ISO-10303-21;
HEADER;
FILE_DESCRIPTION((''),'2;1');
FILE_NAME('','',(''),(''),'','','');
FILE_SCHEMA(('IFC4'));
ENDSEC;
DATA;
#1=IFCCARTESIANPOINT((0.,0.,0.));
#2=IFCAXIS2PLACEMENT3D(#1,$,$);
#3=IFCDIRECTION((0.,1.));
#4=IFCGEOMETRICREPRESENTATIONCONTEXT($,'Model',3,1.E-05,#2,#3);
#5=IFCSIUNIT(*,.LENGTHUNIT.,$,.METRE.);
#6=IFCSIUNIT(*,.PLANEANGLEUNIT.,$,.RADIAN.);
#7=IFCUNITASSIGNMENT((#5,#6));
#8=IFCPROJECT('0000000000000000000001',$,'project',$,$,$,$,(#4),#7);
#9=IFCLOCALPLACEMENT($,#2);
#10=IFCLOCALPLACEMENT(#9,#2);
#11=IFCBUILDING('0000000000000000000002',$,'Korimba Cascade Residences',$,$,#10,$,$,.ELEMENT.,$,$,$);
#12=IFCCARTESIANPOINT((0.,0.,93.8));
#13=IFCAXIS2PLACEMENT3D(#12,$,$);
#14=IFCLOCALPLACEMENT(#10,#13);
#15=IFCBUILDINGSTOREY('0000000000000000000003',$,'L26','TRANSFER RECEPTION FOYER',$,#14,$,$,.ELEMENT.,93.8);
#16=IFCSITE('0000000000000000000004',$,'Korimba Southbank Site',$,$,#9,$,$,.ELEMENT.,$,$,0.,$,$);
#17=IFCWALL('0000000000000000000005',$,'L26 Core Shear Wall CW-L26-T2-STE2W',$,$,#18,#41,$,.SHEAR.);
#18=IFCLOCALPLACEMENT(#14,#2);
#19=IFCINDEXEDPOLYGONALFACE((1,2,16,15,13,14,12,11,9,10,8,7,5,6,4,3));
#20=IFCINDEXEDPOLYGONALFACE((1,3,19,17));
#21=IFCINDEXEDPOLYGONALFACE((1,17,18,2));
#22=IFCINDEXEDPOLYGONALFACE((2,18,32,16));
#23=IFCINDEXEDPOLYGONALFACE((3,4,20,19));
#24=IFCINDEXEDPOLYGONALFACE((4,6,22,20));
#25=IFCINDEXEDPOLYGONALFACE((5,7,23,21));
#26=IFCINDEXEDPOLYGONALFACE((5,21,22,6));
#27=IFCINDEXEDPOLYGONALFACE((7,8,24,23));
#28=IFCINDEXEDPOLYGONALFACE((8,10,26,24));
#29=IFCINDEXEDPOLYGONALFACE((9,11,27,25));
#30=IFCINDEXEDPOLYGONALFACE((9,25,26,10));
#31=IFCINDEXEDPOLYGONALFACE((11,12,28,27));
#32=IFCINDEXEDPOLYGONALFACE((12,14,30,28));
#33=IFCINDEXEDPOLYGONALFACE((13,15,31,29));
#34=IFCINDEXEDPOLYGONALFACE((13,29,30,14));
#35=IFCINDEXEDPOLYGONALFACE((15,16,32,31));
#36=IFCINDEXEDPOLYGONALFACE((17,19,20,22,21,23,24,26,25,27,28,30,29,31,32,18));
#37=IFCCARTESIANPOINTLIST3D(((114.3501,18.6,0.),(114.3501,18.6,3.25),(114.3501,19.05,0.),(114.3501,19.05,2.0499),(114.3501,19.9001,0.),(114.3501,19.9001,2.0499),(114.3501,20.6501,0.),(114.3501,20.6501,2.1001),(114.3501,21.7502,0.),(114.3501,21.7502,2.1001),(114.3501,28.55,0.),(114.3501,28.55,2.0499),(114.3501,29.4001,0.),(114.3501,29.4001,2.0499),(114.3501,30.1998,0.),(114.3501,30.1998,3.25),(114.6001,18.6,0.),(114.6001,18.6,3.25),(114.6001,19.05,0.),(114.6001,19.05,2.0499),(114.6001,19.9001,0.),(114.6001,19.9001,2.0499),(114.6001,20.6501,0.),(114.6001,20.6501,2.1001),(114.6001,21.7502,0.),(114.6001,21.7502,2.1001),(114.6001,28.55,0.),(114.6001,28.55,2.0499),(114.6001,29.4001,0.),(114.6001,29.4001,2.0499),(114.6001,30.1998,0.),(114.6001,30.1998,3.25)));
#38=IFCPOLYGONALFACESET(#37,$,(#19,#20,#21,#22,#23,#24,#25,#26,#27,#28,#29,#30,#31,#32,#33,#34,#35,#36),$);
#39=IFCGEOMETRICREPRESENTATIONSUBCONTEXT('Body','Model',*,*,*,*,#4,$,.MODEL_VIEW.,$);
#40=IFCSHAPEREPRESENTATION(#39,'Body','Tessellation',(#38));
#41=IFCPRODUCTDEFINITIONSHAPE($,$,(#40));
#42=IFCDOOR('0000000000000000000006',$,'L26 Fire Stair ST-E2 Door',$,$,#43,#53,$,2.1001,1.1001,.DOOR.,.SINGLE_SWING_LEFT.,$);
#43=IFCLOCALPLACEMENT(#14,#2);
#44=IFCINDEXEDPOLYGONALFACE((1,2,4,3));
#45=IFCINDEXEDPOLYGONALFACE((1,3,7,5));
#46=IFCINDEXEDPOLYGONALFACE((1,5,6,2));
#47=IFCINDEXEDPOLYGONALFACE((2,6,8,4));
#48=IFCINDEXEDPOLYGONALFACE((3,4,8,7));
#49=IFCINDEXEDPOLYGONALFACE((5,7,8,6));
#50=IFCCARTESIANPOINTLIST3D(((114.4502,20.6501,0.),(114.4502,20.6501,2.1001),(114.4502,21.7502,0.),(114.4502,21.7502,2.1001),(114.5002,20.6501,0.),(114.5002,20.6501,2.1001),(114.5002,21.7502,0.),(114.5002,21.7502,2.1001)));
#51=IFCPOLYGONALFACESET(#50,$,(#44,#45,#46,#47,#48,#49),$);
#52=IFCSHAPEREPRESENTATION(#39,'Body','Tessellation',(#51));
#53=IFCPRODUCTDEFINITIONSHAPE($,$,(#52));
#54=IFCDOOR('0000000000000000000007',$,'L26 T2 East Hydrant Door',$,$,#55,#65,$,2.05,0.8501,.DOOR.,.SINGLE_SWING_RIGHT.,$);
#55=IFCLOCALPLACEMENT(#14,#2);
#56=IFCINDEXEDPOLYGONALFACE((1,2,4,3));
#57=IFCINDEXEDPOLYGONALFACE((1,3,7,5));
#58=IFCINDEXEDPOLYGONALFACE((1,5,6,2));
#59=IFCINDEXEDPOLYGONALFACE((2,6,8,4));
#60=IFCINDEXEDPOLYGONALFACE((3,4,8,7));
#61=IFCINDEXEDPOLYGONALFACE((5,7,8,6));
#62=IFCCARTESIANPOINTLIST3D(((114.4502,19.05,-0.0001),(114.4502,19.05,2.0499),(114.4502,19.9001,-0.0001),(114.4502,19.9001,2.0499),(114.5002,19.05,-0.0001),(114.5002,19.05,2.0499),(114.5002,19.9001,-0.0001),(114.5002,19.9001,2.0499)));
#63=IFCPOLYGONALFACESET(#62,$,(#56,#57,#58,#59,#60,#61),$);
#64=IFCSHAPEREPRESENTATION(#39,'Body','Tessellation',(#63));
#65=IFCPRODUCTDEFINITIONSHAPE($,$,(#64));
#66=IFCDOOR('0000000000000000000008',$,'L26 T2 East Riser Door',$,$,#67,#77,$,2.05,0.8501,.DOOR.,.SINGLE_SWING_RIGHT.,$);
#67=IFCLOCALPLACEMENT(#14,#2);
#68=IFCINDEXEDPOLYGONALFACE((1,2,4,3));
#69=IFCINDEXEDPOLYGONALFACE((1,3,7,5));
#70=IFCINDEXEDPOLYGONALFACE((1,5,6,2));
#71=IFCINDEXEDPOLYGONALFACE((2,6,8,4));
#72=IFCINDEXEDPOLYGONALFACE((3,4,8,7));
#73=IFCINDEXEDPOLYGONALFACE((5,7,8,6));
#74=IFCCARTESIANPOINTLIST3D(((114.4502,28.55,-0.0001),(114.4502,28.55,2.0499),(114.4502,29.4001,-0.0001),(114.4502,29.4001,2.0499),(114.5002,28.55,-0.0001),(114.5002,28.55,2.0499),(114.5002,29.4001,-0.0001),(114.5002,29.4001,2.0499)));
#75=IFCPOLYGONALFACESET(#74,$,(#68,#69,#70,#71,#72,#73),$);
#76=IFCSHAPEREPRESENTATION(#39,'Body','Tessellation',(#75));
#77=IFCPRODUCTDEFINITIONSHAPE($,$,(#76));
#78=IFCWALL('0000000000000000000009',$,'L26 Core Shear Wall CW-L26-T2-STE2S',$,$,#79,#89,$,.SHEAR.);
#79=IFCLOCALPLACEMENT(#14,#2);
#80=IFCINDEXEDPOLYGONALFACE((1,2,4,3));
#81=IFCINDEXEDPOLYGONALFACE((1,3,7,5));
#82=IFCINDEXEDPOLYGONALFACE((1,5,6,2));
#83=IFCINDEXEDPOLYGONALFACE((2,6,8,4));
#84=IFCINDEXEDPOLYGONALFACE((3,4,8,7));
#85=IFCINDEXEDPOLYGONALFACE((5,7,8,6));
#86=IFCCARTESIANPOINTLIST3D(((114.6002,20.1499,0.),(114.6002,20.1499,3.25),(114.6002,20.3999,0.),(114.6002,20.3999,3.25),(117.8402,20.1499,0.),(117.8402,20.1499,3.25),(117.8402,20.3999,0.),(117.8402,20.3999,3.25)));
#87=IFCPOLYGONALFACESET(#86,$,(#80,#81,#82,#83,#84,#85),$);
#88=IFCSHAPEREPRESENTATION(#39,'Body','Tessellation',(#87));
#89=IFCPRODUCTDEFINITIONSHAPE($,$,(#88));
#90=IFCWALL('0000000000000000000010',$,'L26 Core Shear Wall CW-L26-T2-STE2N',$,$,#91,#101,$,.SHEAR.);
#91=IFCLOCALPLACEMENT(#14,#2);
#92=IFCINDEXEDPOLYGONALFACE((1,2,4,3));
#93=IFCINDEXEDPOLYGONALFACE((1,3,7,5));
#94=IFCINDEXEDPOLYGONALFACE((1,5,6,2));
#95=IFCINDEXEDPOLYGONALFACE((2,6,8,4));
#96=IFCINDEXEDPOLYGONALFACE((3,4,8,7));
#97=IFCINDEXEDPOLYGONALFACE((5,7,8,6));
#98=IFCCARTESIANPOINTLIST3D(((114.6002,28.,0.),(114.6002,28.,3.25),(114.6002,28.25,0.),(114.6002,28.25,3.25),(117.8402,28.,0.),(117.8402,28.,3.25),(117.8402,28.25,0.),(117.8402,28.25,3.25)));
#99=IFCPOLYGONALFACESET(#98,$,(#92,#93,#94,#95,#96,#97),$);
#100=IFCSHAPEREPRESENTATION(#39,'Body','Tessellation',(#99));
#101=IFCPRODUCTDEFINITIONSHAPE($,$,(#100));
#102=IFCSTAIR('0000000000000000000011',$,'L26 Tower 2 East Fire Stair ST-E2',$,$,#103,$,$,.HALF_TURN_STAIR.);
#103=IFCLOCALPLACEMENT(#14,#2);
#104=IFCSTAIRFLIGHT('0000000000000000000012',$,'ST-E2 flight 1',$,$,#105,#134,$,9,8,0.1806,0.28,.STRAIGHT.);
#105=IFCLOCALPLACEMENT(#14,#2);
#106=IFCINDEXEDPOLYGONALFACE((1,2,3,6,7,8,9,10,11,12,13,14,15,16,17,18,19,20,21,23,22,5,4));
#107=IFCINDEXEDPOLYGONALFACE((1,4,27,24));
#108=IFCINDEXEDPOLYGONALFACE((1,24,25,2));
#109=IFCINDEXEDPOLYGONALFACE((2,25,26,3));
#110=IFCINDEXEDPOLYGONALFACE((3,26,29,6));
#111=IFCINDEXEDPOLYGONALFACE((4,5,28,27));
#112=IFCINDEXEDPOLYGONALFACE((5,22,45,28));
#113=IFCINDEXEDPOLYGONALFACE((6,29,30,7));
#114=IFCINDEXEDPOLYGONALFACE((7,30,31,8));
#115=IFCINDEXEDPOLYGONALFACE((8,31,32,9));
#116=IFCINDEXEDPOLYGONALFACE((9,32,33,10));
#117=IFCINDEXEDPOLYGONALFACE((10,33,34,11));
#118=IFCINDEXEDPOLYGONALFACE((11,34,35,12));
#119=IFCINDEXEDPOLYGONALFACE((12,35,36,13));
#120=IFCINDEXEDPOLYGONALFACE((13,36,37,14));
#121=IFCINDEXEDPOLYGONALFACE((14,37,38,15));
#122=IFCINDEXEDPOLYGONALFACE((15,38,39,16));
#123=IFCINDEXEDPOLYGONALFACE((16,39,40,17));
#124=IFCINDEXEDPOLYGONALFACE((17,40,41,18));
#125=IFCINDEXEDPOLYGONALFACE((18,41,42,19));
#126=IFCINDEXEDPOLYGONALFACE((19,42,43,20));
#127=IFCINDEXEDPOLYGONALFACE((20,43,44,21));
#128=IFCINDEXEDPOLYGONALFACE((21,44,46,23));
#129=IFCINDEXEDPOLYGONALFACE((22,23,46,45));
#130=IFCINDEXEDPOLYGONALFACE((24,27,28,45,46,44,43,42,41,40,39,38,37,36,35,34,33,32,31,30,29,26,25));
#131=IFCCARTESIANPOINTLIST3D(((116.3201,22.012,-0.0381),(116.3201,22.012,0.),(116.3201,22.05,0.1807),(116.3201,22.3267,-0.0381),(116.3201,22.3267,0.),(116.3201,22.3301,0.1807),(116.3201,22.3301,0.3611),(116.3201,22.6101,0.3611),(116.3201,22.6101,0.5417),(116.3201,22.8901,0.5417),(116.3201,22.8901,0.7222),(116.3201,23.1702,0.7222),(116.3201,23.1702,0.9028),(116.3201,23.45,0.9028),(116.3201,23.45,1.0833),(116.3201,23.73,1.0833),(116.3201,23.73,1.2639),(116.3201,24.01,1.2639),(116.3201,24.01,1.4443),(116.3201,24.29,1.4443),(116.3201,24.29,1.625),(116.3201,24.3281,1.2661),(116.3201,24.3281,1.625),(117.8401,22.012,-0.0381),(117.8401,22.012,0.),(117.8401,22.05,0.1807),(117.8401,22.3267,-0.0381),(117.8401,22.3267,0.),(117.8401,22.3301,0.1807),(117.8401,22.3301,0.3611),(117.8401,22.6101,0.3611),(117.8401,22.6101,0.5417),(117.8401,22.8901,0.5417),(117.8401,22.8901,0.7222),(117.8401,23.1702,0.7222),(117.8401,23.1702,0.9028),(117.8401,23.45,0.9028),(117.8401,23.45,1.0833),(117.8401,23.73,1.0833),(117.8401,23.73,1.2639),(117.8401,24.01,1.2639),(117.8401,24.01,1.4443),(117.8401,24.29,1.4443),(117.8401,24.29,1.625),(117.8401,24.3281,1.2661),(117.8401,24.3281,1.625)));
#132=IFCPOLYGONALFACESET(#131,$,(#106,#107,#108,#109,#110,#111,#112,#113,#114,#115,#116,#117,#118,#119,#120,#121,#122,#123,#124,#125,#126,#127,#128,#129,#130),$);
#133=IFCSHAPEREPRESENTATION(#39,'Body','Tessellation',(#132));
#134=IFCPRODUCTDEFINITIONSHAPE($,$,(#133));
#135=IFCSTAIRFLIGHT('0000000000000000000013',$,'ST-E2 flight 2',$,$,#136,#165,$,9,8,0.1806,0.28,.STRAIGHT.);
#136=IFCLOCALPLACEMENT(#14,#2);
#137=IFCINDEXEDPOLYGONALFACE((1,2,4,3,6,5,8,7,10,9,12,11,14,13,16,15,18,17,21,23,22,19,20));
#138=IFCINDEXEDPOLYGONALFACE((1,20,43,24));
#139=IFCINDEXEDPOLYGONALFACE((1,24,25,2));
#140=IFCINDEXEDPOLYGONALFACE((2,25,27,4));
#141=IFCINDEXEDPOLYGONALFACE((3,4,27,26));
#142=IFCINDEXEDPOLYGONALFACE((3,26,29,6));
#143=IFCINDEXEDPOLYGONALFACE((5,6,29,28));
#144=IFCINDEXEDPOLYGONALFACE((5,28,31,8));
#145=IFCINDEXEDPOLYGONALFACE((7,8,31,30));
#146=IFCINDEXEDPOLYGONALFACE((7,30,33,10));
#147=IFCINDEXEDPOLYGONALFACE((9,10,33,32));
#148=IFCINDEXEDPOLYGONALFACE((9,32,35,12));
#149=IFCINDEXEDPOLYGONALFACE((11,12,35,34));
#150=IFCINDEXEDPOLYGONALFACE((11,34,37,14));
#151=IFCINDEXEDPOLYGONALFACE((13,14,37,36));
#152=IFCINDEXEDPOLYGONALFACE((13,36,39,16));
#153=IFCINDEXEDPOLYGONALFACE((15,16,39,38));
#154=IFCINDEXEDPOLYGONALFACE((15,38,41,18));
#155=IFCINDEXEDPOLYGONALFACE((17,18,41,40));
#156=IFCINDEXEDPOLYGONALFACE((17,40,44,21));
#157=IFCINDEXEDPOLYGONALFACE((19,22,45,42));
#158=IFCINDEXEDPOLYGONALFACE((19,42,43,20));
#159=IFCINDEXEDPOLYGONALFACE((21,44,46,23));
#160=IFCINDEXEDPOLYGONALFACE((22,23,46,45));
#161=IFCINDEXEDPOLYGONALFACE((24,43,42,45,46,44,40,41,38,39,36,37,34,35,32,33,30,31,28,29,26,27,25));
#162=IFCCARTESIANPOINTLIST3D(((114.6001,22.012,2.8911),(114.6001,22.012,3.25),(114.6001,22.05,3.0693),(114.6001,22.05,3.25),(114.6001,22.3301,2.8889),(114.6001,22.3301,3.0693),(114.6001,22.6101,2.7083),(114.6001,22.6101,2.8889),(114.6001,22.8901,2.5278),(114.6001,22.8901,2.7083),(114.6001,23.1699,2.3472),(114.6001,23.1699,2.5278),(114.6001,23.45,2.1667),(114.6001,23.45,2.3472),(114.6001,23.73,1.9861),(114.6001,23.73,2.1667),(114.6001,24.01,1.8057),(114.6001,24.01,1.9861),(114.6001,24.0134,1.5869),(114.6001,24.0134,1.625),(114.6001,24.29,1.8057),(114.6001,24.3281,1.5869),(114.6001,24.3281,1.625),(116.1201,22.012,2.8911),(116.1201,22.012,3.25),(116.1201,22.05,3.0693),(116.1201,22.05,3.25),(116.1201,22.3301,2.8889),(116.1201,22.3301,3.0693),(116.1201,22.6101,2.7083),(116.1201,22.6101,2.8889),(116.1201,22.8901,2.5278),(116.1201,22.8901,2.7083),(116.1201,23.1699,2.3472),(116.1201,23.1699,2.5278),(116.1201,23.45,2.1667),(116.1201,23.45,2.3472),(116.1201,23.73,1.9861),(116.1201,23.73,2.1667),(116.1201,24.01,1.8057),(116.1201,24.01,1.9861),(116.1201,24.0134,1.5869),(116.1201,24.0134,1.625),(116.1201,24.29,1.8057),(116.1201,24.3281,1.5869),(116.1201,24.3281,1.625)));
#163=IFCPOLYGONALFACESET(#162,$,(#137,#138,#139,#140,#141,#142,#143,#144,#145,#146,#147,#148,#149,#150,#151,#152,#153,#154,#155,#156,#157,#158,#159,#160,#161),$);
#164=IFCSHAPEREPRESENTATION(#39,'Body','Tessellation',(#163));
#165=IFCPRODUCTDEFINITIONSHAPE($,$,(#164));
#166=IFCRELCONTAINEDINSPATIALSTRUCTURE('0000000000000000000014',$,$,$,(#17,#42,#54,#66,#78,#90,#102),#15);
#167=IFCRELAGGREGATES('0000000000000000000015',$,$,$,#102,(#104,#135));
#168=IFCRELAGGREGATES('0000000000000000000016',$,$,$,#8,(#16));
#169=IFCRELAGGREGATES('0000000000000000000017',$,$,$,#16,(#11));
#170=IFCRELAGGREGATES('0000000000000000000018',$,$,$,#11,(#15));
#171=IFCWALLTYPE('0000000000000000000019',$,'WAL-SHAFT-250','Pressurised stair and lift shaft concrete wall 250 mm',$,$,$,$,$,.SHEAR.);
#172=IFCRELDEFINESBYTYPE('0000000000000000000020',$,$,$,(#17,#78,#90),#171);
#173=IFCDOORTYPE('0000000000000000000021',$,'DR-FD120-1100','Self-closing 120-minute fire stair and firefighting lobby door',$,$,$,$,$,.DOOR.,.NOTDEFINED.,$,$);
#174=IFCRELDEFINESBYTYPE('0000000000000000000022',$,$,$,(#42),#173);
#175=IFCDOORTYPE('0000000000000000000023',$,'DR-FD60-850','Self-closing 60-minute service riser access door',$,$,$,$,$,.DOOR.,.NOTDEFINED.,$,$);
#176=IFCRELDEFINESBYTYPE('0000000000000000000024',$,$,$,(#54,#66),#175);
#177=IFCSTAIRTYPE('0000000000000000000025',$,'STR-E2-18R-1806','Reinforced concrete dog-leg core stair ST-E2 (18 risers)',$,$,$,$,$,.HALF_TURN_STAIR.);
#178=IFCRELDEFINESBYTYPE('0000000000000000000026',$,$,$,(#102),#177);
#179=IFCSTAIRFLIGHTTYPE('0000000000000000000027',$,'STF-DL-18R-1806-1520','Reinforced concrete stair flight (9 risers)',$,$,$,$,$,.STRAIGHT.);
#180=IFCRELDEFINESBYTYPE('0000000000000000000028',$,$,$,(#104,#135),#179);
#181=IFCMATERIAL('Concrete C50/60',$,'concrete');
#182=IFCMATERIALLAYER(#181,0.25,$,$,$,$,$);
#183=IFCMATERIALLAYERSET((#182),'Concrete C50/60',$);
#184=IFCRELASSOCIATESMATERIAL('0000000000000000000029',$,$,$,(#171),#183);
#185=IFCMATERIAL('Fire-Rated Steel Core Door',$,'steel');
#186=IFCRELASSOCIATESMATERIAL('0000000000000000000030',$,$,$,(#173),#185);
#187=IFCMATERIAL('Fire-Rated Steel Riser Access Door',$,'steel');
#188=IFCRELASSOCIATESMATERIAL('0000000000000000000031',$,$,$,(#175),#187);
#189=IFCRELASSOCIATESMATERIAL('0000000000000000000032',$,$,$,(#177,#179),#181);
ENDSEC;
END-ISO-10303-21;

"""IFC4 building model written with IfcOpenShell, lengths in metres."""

from ifc_helpers import new_model, si_unit, direction, frame, frame_2d, origin, place, context, subcontext, project, spatial, polyline, rectangle, outline, extrude, material, layer, layer_set, type_object, element, fill, aggregate, save


model = new_model("IFC4")

# Units and contexts
model_context = context("Model", 3, precision=1e-05, world=origin(), true_north=direction((0.0, 1.0)))
body_context = subcontext(model_context, "Body", "Model", "MODEL_VIEW")
ifc_project = project(units=[si_unit("LENGTHUNIT", "METRE"), si_unit("PLANEANGLEUNIT", "RADIAN")], contexts=[model_context])

# Site, building, storey
site_placement = place(None, origin())
site = spatial("IfcSite", under=ifc_project, at=site_placement, Name="Korimba Southbank Site", CompositionType="ELEMENT", RefElevation=0.0)
building_placement = place(site_placement, origin())
building = spatial("IfcBuilding", under=site, at=building_placement, Name="Korimba Cascade Residences", CompositionType="ELEMENT")
storey_placement = place(building_placement, frame((0.0, 0.0, 93.8)))
storey = spatial("IfcBuildingStorey", under=building, at=storey_placement, Name="L26", Description="TRANSFER RECEPTION FOYER", CompositionType="ELEMENT", Elevation=93.8)

# Wall, openings, doors
ifc_material_1 = material(Name="Concrete C50/60", Category="concrete")
ifc_layer_1 = layer(ifc_material_1, 0.25)
ifc_layer_set_1 = layer_set([ifc_layer_1], Name="Concrete C50/60")
wall_type_1 = type_object("IfcWallType", Name="WAL-SHAFT-250", Description="Pressurised stair and lift shaft concrete wall 250 mm", PredefinedType="SHEAR", material=ifc_layer_set_1)
wall_1_placement = place(storey_placement, frame((114.4751, 18.6001, 0.0), z_axis=(0.0, 0.0, 1.0), x_axis=(0.0, 1.0, 0.0)))
wall_1 = element("IfcWall", 1, at=wall_1_placement, inside=storey, type_object=wall_type_1, Name="L26 Core Shear Wall CW-L26-T2-STE2W", PredefinedType="SHEAR", context=body_context, shape_type="SweptSolid", body=[
    extrude(rectangle(XDim=11.5999, YDim=0.25, at=frame_2d((5.7998, 0.0))), origin(), (0.0, 0.0, 1.0), 3.25),
])
opening_1_placement = place(wall_1_placement, frame((0.45, 0.0, 0.0)))
opening_1 = element("IfcOpeningElement", 2, at=opening_1_placement, cuts=wall_1, PredefinedType="OPENING", context=body_context, shape_type="SweptSolid", body=[
    extrude(rectangle(XDim=0.8501, YDim=2.05, at=frame_2d((0.425, 1.0249))), frame((0.0, 0.135, 0.0), z_axis=(0.0, -1.0, 0.0), x_axis=(1.0, 0.0, 0.0)), (0.0, 0.0, 1.0), 0.27),
])
opening_2_placement = place(wall_1_placement, frame((2.05, 0.0, 0.0)))
opening_2 = element("IfcOpeningElement", 3, at=opening_2_placement, cuts=wall_1, PredefinedType="OPENING", context=body_context, shape_type="SweptSolid", body=[
    extrude(rectangle(XDim=1.1001, YDim=2.1001, at=frame_2d((0.55, 1.05))), frame((0.0, 0.135, 0.0), z_axis=(0.0, -1.0, 0.0), x_axis=(1.0, 0.0, 0.0)), (0.0, 0.0, 1.0), 0.27),
])
opening_3_placement = place(wall_1_placement, frame((9.95, 0.0, 0.0)))
opening_3 = element("IfcOpeningElement", 4, at=opening_3_placement, cuts=wall_1, PredefinedType="OPENING", context=body_context, shape_type="SweptSolid", body=[
    extrude(rectangle(XDim=0.8501, YDim=2.05, at=frame_2d((0.425, 1.0249))), frame((0.0, 0.135, 0.0), z_axis=(0.0, -1.0, 0.0), x_axis=(1.0, 0.0, 0.0)), (0.0, 0.0, 1.0), 0.27),
])
ifc_material_2 = material(Name="Fire-Rated Steel Core Door", Category="steel")
door_type_1 = type_object("IfcDoorType", Name="DR-FD120-1100", Description="Self-closing 120-minute fire stair and firefighting lobby door", OperationType="NOTDEFINED", PredefinedType="DOOR", material=ifc_material_2)
door_1_placement = place(opening_2_placement, origin())
door_1 = element("IfcDoor", 5, at=door_1_placement, inside=storey, type_object=door_type_1, Name="L26 Fire Stair ST-E2 Door", OperationType="SINGLE_SWING_LEFT", OverallHeight=2.1001, OverallWidth=1.1001, PredefinedType="DOOR", context=body_context, shape_type="SweptSolid", body=[
    extrude(rectangle(XDim=1.1001, YDim=2.1001, at=frame_2d((0.55, 1.05))), frame((0.0, 0.0249, 0.0), z_axis=(0.0, -1.0, 0.0), x_axis=(1.0, 0.0, 0.0)), (0.0, 0.0, 1.0), 0.05),
])
fill(opening_2, door_1)
ifc_material_3 = material(Name="Fire-Rated Steel Riser Access Door", Category="steel")
door_type_2 = type_object("IfcDoorType", Name="DR-FD60-850", Description="Self-closing 60-minute service riser access door", OperationType="NOTDEFINED", PredefinedType="DOOR", material=ifc_material_3)
door_2_placement = place(opening_1_placement, origin())
door_2 = element("IfcDoor", 6, at=door_2_placement, inside=storey, type_object=door_type_2, Name="L26 T2 East Hydrant Door", OperationType="SINGLE_SWING_RIGHT", OverallHeight=2.05, OverallWidth=0.8501, PredefinedType="DOOR", context=body_context, shape_type="SweptSolid", body=[
    extrude(rectangle(XDim=0.8501, YDim=2.05, at=frame_2d((0.425, 1.0249))), frame((0.0, 0.0249, 0.0), z_axis=(0.0, -1.0, 0.0), x_axis=(1.0, 0.0, 0.0)), (0.0, 0.0, 1.0), 0.05),
])
fill(opening_1, door_2)
door_3_placement = place(opening_3_placement, origin())
door_3 = element("IfcDoor", 7, at=door_3_placement, inside=storey, type_object=door_type_2, Name="L26 T2 East Riser Door", OperationType="SINGLE_SWING_RIGHT", OverallHeight=2.05, OverallWidth=0.8501, PredefinedType="DOOR", context=body_context, shape_type="SweptSolid", body=[
    extrude(rectangle(XDim=0.8501, YDim=2.05, at=frame_2d((0.425, 1.0249))), frame((0.0, 0.0249, 0.0), z_axis=(0.0, -1.0, 0.0), x_axis=(1.0, 0.0, 0.0)), (0.0, 0.0, 1.0), 0.05),
])
fill(opening_3, door_3)

# Walls
for number, where, z_axis, x_axis, name in (
    (8, (114.6001, 20.2749, 0.0), (0.0, 0.0, 1.0), (1.0, 0.0, 0.0), "L26 Core Shear Wall CW-L26-T2-STE2S"),
    (9, (114.6001, 28.125, 0.0), (0.0, 0.0, 1.0), (1.0, 0.0, 0.0), "L26 Core Shear Wall CW-L26-T2-STE2N"),
):
    element("IfcWall", number, at=place(storey_placement, frame(where, z_axis=z_axis, x_axis=x_axis)), inside=storey, type_object=wall_type_1, Name=name, PredefinedType="SHEAR", context=body_context, shape_type="SweptSolid", body=[
        extrude(rectangle(XDim=3.24, YDim=0.25, at=frame_2d((1.6201, 0.0))), origin(), (0.0, 0.0, 1.0), 3.25),
    ])

# Stair, stair flights
stair_type = type_object("IfcStairType", Name="STR-E2-18R-1806", Description="Reinforced concrete dog-leg core stair ST-E2 (18 risers)", PredefinedType="HALF_TURN_STAIR", material=ifc_material_1)
stair_placement = place(storey_placement, origin())
stair = element("IfcStair", 10, at=stair_placement, inside=storey, type_object=stair_type, Name="L26 Tower 2 East Fire Stair ST-E2", PredefinedType="HALF_TURN_STAIR")
stair_flight_type = type_object("IfcStairFlightType", Name="STF-DL-18R-1806-1520", Description="Reinforced concrete stair flight (9 risers)", PredefinedType="STRAIGHT", material=ifc_material_1)
stair_flight_1_placement = place(storey_placement, frame((117.0801, 22.05, 0.0), z_axis=(0.0, 0.0, 1.0), x_axis=(0.0, 1.0, 0.0)))
stair_flight_1 = element("IfcStairFlight", 11, at=stair_flight_1_placement, type_object=stair_flight_type, Name="ST-E2 flight 1", NumberOfRisers=9, NumberOfTreads=8, PredefinedType="STRAIGHT", RiserHeight=0.1806, TreadLength=0.28, context=body_context, shape_type="SweptSolid", body=[
    extrude(outline(polyline([(-0.0381, 0.0), (0.0, 0.1807), (0.28, 0.1807), (0.28, 0.3611), (0.5601, 0.3611), (0.5601, 0.5417), (0.8401, 0.5417), (0.8401, 0.7222), (1.1201, 0.7222), (1.1201, 0.9028), (1.3999, 0.9028), (1.3999, 1.0833), (1.6799, 1.0833), (1.6799, 1.2639), (1.96, 1.2639), (1.96, 1.4443), (2.24, 1.4443), (2.24, 1.625), (2.2781, 1.625), (2.2781, 1.2661), (0.2766, 0.0), (0.2766, -0.0381), (-0.0381, -0.0381), (-0.0381, 0.0)])), frame((0.0, 0.76, 0.0), z_axis=(0.0, -1.0, 0.0), x_axis=(1.0, 0.0, 0.0)), (0.0, 0.0, 1.0), 1.52),
])
stair_flight_2_placement = place(storey_placement, frame((115.3601, 24.29, 1.625), z_axis=(0.0, 0.0, 1.0), x_axis=(0.0, -1.0, 0.0)))
stair_flight_2 = element("IfcStairFlight", 12, at=stair_flight_2_placement, type_object=stair_flight_type, Name="ST-E2 flight 2", NumberOfRisers=9, NumberOfTreads=8, PredefinedType="STRAIGHT", RiserHeight=0.1806, TreadLength=0.28, context=body_context, shape_type="SweptSolid", body=[
    extrude(outline(polyline([(-0.0381, 0.0), (0.0, 0.1807), (0.28, 0.1807), (0.28, 0.3611), (0.5601, 0.3611), (0.5601, 0.5417), (0.8401, 0.5417), (0.8401, 0.7222), (1.1201, 0.7222), (1.1201, 0.9028), (1.3999, 0.9028), (1.3999, 1.0833), (1.6799, 1.0833), (1.6799, 1.2639), (1.96, 1.2639), (1.96, 1.4443), (2.24, 1.4443), (2.24, 1.625), (2.2781, 1.625), (2.2781, 1.2661), (0.2766, 0.0), (0.2766, -0.0381), (-0.0381, -0.0381), (-0.0381, 0.0)])), frame((0.0, 0.76, 0.0), z_axis=(0.0, -1.0, 0.0), x_axis=(1.0, 0.0, 0.0)), (0.0, 0.0, 1.0), 1.52),
])
aggregate(stair, [stair_flight_1, stair_flight_2])

save(model, "model.ifc")
